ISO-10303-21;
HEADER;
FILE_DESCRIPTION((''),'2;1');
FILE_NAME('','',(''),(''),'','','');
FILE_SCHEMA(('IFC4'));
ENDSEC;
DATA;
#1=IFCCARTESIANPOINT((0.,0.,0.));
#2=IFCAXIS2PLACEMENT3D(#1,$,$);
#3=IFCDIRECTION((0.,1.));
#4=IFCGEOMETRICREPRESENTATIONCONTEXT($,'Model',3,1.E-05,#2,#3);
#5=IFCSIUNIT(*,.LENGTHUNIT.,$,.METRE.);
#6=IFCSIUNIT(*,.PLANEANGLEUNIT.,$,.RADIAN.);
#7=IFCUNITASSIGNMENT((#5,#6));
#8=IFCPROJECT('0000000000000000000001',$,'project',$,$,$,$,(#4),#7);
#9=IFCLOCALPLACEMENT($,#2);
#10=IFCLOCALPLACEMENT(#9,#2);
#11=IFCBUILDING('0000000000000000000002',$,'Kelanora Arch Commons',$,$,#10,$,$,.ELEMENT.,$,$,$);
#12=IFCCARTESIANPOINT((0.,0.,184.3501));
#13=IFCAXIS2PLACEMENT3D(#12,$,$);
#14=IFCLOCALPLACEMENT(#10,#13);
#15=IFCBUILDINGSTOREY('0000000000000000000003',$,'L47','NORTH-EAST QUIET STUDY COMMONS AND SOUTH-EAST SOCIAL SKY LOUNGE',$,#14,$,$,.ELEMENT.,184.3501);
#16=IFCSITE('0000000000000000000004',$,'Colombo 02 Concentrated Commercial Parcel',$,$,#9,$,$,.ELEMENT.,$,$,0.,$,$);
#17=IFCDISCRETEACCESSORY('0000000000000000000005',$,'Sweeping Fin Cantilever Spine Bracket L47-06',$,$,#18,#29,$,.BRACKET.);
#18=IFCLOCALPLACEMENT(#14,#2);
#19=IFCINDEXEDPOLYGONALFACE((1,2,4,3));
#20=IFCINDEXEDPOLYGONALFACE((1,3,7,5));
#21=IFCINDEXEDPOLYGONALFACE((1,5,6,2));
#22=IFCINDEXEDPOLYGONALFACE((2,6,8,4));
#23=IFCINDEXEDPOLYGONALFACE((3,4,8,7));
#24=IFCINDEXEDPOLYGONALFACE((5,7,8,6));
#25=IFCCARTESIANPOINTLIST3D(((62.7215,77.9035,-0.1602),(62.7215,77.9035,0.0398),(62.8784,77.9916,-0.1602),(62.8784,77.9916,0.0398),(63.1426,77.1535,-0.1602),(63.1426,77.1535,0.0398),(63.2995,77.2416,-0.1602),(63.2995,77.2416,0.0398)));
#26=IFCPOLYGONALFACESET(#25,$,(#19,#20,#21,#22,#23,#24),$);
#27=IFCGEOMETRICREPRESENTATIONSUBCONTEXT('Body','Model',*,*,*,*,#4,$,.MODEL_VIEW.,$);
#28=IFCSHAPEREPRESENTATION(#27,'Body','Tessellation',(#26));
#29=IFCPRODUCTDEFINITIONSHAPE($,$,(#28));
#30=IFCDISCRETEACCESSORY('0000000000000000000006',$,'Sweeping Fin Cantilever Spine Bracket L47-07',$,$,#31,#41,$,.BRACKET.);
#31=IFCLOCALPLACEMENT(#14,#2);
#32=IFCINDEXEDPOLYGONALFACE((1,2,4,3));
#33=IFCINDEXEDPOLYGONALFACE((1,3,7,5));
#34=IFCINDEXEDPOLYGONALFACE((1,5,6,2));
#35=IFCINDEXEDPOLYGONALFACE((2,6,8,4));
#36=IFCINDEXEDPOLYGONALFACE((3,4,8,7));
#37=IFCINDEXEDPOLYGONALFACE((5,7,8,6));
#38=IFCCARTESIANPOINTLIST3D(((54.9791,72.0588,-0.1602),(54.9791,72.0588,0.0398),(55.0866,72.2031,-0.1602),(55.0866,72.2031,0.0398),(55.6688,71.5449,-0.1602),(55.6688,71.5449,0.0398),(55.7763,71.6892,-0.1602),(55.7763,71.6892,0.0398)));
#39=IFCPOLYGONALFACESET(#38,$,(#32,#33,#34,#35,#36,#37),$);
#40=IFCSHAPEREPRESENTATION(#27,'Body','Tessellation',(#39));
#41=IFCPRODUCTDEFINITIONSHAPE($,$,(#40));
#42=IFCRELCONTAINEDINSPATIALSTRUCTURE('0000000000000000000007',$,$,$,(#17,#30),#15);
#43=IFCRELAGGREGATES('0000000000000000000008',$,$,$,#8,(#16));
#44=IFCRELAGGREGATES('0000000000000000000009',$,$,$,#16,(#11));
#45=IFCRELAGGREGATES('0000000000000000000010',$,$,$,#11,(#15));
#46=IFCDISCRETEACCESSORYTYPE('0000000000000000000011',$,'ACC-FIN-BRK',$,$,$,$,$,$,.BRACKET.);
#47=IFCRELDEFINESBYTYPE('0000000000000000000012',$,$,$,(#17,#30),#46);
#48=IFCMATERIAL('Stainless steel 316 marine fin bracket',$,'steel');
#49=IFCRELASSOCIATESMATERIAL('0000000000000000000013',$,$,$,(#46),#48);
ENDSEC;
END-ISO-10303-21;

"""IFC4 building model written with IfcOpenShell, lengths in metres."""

from ifc_helpers import new_model, si_unit, direction, frame, origin, origin_2d, place, context, subcontext, project, spatial, rectangle, extrude, source, transform, mapped, material, type_object, element, save


model = new_model("IFC4")

# Units and contexts
model_context = context("Model", 3, precision=1e-05, world=origin(), true_north=direction((0.0, 1.0)))
body_context = subcontext(model_context, "Body", "Model", "MODEL_VIEW")
ifc_project = project(units=[si_unit("LENGTHUNIT", "METRE"), si_unit("PLANEANGLEUNIT", "RADIAN")], contexts=[model_context])

# Site, building, storey
site_placement = place(None, origin())
site = spatial("IfcSite", under=ifc_project, at=site_placement, Name="Colombo 02 Concentrated Commercial Parcel", CompositionType="ELEMENT", RefElevation=0.0)
building_placement = place(site_placement, origin())
building = spatial("IfcBuilding", under=site, at=building_placement, Name="Kelanora Arch Commons", CompositionType="ELEMENT")
storey_placement = place(building_placement, frame((0.0, 0.0, 184.3501)))
storey = spatial("IfcBuildingStorey", under=building, at=storey_placement, Name="L47", Description="NORTH-EAST QUIET STUDY COMMONS AND SOUTH-EAST SOCIAL SKY LOUNGE", CompositionType="ELEMENT", Elevation=184.3501)

# Discrete accessories
ifc_material_1 = material(Name="Stainless steel 316 marine fin bracket", Category="steel")
discrete_accessory_type = type_object("IfcDiscreteAccessoryType", Name="ACC-FIN-BRK", PredefinedType="BRACKET", material=ifc_material_1)
shared_shape_1 = source(origin(), body_context, "Body", "SweptSolid", [
    extrude(rectangle(XDim=0.8601, YDim=0.1799, at=origin_2d()), origin(), (0.0, 0.0, 1.0), 0.2),
])
for number, where, z_axis, x_axis, name in (
    (1, (63.0105, 77.5725, -0.1602), (0.0, 0.0, 1.0), (-0.489535, 0.871984, 0.0), "Sweeping Fin Cantilever Spine Bracket L47-06"),
    (2, (55.3777, 71.874, -0.1602), (0.0, 0.0, 1.0), (-0.80188, 0.597485, 0.0), "Sweeping Fin Cantilever Spine Bracket L47-07"),
):
    element("IfcDiscreteAccessory", number, at=place(storey_placement, frame(where, z_axis=z_axis, x_axis=x_axis)), inside=storey, type_object=discrete_accessory_type, Name=name, PredefinedType="BRACKET", context=body_context, shape_type="MappedRepresentation", body=[
        mapped(shared_shape_1, transform((0.0, 0.0, 0.0), scale=1.0)),
    ])

save(model, "model.ifc")
